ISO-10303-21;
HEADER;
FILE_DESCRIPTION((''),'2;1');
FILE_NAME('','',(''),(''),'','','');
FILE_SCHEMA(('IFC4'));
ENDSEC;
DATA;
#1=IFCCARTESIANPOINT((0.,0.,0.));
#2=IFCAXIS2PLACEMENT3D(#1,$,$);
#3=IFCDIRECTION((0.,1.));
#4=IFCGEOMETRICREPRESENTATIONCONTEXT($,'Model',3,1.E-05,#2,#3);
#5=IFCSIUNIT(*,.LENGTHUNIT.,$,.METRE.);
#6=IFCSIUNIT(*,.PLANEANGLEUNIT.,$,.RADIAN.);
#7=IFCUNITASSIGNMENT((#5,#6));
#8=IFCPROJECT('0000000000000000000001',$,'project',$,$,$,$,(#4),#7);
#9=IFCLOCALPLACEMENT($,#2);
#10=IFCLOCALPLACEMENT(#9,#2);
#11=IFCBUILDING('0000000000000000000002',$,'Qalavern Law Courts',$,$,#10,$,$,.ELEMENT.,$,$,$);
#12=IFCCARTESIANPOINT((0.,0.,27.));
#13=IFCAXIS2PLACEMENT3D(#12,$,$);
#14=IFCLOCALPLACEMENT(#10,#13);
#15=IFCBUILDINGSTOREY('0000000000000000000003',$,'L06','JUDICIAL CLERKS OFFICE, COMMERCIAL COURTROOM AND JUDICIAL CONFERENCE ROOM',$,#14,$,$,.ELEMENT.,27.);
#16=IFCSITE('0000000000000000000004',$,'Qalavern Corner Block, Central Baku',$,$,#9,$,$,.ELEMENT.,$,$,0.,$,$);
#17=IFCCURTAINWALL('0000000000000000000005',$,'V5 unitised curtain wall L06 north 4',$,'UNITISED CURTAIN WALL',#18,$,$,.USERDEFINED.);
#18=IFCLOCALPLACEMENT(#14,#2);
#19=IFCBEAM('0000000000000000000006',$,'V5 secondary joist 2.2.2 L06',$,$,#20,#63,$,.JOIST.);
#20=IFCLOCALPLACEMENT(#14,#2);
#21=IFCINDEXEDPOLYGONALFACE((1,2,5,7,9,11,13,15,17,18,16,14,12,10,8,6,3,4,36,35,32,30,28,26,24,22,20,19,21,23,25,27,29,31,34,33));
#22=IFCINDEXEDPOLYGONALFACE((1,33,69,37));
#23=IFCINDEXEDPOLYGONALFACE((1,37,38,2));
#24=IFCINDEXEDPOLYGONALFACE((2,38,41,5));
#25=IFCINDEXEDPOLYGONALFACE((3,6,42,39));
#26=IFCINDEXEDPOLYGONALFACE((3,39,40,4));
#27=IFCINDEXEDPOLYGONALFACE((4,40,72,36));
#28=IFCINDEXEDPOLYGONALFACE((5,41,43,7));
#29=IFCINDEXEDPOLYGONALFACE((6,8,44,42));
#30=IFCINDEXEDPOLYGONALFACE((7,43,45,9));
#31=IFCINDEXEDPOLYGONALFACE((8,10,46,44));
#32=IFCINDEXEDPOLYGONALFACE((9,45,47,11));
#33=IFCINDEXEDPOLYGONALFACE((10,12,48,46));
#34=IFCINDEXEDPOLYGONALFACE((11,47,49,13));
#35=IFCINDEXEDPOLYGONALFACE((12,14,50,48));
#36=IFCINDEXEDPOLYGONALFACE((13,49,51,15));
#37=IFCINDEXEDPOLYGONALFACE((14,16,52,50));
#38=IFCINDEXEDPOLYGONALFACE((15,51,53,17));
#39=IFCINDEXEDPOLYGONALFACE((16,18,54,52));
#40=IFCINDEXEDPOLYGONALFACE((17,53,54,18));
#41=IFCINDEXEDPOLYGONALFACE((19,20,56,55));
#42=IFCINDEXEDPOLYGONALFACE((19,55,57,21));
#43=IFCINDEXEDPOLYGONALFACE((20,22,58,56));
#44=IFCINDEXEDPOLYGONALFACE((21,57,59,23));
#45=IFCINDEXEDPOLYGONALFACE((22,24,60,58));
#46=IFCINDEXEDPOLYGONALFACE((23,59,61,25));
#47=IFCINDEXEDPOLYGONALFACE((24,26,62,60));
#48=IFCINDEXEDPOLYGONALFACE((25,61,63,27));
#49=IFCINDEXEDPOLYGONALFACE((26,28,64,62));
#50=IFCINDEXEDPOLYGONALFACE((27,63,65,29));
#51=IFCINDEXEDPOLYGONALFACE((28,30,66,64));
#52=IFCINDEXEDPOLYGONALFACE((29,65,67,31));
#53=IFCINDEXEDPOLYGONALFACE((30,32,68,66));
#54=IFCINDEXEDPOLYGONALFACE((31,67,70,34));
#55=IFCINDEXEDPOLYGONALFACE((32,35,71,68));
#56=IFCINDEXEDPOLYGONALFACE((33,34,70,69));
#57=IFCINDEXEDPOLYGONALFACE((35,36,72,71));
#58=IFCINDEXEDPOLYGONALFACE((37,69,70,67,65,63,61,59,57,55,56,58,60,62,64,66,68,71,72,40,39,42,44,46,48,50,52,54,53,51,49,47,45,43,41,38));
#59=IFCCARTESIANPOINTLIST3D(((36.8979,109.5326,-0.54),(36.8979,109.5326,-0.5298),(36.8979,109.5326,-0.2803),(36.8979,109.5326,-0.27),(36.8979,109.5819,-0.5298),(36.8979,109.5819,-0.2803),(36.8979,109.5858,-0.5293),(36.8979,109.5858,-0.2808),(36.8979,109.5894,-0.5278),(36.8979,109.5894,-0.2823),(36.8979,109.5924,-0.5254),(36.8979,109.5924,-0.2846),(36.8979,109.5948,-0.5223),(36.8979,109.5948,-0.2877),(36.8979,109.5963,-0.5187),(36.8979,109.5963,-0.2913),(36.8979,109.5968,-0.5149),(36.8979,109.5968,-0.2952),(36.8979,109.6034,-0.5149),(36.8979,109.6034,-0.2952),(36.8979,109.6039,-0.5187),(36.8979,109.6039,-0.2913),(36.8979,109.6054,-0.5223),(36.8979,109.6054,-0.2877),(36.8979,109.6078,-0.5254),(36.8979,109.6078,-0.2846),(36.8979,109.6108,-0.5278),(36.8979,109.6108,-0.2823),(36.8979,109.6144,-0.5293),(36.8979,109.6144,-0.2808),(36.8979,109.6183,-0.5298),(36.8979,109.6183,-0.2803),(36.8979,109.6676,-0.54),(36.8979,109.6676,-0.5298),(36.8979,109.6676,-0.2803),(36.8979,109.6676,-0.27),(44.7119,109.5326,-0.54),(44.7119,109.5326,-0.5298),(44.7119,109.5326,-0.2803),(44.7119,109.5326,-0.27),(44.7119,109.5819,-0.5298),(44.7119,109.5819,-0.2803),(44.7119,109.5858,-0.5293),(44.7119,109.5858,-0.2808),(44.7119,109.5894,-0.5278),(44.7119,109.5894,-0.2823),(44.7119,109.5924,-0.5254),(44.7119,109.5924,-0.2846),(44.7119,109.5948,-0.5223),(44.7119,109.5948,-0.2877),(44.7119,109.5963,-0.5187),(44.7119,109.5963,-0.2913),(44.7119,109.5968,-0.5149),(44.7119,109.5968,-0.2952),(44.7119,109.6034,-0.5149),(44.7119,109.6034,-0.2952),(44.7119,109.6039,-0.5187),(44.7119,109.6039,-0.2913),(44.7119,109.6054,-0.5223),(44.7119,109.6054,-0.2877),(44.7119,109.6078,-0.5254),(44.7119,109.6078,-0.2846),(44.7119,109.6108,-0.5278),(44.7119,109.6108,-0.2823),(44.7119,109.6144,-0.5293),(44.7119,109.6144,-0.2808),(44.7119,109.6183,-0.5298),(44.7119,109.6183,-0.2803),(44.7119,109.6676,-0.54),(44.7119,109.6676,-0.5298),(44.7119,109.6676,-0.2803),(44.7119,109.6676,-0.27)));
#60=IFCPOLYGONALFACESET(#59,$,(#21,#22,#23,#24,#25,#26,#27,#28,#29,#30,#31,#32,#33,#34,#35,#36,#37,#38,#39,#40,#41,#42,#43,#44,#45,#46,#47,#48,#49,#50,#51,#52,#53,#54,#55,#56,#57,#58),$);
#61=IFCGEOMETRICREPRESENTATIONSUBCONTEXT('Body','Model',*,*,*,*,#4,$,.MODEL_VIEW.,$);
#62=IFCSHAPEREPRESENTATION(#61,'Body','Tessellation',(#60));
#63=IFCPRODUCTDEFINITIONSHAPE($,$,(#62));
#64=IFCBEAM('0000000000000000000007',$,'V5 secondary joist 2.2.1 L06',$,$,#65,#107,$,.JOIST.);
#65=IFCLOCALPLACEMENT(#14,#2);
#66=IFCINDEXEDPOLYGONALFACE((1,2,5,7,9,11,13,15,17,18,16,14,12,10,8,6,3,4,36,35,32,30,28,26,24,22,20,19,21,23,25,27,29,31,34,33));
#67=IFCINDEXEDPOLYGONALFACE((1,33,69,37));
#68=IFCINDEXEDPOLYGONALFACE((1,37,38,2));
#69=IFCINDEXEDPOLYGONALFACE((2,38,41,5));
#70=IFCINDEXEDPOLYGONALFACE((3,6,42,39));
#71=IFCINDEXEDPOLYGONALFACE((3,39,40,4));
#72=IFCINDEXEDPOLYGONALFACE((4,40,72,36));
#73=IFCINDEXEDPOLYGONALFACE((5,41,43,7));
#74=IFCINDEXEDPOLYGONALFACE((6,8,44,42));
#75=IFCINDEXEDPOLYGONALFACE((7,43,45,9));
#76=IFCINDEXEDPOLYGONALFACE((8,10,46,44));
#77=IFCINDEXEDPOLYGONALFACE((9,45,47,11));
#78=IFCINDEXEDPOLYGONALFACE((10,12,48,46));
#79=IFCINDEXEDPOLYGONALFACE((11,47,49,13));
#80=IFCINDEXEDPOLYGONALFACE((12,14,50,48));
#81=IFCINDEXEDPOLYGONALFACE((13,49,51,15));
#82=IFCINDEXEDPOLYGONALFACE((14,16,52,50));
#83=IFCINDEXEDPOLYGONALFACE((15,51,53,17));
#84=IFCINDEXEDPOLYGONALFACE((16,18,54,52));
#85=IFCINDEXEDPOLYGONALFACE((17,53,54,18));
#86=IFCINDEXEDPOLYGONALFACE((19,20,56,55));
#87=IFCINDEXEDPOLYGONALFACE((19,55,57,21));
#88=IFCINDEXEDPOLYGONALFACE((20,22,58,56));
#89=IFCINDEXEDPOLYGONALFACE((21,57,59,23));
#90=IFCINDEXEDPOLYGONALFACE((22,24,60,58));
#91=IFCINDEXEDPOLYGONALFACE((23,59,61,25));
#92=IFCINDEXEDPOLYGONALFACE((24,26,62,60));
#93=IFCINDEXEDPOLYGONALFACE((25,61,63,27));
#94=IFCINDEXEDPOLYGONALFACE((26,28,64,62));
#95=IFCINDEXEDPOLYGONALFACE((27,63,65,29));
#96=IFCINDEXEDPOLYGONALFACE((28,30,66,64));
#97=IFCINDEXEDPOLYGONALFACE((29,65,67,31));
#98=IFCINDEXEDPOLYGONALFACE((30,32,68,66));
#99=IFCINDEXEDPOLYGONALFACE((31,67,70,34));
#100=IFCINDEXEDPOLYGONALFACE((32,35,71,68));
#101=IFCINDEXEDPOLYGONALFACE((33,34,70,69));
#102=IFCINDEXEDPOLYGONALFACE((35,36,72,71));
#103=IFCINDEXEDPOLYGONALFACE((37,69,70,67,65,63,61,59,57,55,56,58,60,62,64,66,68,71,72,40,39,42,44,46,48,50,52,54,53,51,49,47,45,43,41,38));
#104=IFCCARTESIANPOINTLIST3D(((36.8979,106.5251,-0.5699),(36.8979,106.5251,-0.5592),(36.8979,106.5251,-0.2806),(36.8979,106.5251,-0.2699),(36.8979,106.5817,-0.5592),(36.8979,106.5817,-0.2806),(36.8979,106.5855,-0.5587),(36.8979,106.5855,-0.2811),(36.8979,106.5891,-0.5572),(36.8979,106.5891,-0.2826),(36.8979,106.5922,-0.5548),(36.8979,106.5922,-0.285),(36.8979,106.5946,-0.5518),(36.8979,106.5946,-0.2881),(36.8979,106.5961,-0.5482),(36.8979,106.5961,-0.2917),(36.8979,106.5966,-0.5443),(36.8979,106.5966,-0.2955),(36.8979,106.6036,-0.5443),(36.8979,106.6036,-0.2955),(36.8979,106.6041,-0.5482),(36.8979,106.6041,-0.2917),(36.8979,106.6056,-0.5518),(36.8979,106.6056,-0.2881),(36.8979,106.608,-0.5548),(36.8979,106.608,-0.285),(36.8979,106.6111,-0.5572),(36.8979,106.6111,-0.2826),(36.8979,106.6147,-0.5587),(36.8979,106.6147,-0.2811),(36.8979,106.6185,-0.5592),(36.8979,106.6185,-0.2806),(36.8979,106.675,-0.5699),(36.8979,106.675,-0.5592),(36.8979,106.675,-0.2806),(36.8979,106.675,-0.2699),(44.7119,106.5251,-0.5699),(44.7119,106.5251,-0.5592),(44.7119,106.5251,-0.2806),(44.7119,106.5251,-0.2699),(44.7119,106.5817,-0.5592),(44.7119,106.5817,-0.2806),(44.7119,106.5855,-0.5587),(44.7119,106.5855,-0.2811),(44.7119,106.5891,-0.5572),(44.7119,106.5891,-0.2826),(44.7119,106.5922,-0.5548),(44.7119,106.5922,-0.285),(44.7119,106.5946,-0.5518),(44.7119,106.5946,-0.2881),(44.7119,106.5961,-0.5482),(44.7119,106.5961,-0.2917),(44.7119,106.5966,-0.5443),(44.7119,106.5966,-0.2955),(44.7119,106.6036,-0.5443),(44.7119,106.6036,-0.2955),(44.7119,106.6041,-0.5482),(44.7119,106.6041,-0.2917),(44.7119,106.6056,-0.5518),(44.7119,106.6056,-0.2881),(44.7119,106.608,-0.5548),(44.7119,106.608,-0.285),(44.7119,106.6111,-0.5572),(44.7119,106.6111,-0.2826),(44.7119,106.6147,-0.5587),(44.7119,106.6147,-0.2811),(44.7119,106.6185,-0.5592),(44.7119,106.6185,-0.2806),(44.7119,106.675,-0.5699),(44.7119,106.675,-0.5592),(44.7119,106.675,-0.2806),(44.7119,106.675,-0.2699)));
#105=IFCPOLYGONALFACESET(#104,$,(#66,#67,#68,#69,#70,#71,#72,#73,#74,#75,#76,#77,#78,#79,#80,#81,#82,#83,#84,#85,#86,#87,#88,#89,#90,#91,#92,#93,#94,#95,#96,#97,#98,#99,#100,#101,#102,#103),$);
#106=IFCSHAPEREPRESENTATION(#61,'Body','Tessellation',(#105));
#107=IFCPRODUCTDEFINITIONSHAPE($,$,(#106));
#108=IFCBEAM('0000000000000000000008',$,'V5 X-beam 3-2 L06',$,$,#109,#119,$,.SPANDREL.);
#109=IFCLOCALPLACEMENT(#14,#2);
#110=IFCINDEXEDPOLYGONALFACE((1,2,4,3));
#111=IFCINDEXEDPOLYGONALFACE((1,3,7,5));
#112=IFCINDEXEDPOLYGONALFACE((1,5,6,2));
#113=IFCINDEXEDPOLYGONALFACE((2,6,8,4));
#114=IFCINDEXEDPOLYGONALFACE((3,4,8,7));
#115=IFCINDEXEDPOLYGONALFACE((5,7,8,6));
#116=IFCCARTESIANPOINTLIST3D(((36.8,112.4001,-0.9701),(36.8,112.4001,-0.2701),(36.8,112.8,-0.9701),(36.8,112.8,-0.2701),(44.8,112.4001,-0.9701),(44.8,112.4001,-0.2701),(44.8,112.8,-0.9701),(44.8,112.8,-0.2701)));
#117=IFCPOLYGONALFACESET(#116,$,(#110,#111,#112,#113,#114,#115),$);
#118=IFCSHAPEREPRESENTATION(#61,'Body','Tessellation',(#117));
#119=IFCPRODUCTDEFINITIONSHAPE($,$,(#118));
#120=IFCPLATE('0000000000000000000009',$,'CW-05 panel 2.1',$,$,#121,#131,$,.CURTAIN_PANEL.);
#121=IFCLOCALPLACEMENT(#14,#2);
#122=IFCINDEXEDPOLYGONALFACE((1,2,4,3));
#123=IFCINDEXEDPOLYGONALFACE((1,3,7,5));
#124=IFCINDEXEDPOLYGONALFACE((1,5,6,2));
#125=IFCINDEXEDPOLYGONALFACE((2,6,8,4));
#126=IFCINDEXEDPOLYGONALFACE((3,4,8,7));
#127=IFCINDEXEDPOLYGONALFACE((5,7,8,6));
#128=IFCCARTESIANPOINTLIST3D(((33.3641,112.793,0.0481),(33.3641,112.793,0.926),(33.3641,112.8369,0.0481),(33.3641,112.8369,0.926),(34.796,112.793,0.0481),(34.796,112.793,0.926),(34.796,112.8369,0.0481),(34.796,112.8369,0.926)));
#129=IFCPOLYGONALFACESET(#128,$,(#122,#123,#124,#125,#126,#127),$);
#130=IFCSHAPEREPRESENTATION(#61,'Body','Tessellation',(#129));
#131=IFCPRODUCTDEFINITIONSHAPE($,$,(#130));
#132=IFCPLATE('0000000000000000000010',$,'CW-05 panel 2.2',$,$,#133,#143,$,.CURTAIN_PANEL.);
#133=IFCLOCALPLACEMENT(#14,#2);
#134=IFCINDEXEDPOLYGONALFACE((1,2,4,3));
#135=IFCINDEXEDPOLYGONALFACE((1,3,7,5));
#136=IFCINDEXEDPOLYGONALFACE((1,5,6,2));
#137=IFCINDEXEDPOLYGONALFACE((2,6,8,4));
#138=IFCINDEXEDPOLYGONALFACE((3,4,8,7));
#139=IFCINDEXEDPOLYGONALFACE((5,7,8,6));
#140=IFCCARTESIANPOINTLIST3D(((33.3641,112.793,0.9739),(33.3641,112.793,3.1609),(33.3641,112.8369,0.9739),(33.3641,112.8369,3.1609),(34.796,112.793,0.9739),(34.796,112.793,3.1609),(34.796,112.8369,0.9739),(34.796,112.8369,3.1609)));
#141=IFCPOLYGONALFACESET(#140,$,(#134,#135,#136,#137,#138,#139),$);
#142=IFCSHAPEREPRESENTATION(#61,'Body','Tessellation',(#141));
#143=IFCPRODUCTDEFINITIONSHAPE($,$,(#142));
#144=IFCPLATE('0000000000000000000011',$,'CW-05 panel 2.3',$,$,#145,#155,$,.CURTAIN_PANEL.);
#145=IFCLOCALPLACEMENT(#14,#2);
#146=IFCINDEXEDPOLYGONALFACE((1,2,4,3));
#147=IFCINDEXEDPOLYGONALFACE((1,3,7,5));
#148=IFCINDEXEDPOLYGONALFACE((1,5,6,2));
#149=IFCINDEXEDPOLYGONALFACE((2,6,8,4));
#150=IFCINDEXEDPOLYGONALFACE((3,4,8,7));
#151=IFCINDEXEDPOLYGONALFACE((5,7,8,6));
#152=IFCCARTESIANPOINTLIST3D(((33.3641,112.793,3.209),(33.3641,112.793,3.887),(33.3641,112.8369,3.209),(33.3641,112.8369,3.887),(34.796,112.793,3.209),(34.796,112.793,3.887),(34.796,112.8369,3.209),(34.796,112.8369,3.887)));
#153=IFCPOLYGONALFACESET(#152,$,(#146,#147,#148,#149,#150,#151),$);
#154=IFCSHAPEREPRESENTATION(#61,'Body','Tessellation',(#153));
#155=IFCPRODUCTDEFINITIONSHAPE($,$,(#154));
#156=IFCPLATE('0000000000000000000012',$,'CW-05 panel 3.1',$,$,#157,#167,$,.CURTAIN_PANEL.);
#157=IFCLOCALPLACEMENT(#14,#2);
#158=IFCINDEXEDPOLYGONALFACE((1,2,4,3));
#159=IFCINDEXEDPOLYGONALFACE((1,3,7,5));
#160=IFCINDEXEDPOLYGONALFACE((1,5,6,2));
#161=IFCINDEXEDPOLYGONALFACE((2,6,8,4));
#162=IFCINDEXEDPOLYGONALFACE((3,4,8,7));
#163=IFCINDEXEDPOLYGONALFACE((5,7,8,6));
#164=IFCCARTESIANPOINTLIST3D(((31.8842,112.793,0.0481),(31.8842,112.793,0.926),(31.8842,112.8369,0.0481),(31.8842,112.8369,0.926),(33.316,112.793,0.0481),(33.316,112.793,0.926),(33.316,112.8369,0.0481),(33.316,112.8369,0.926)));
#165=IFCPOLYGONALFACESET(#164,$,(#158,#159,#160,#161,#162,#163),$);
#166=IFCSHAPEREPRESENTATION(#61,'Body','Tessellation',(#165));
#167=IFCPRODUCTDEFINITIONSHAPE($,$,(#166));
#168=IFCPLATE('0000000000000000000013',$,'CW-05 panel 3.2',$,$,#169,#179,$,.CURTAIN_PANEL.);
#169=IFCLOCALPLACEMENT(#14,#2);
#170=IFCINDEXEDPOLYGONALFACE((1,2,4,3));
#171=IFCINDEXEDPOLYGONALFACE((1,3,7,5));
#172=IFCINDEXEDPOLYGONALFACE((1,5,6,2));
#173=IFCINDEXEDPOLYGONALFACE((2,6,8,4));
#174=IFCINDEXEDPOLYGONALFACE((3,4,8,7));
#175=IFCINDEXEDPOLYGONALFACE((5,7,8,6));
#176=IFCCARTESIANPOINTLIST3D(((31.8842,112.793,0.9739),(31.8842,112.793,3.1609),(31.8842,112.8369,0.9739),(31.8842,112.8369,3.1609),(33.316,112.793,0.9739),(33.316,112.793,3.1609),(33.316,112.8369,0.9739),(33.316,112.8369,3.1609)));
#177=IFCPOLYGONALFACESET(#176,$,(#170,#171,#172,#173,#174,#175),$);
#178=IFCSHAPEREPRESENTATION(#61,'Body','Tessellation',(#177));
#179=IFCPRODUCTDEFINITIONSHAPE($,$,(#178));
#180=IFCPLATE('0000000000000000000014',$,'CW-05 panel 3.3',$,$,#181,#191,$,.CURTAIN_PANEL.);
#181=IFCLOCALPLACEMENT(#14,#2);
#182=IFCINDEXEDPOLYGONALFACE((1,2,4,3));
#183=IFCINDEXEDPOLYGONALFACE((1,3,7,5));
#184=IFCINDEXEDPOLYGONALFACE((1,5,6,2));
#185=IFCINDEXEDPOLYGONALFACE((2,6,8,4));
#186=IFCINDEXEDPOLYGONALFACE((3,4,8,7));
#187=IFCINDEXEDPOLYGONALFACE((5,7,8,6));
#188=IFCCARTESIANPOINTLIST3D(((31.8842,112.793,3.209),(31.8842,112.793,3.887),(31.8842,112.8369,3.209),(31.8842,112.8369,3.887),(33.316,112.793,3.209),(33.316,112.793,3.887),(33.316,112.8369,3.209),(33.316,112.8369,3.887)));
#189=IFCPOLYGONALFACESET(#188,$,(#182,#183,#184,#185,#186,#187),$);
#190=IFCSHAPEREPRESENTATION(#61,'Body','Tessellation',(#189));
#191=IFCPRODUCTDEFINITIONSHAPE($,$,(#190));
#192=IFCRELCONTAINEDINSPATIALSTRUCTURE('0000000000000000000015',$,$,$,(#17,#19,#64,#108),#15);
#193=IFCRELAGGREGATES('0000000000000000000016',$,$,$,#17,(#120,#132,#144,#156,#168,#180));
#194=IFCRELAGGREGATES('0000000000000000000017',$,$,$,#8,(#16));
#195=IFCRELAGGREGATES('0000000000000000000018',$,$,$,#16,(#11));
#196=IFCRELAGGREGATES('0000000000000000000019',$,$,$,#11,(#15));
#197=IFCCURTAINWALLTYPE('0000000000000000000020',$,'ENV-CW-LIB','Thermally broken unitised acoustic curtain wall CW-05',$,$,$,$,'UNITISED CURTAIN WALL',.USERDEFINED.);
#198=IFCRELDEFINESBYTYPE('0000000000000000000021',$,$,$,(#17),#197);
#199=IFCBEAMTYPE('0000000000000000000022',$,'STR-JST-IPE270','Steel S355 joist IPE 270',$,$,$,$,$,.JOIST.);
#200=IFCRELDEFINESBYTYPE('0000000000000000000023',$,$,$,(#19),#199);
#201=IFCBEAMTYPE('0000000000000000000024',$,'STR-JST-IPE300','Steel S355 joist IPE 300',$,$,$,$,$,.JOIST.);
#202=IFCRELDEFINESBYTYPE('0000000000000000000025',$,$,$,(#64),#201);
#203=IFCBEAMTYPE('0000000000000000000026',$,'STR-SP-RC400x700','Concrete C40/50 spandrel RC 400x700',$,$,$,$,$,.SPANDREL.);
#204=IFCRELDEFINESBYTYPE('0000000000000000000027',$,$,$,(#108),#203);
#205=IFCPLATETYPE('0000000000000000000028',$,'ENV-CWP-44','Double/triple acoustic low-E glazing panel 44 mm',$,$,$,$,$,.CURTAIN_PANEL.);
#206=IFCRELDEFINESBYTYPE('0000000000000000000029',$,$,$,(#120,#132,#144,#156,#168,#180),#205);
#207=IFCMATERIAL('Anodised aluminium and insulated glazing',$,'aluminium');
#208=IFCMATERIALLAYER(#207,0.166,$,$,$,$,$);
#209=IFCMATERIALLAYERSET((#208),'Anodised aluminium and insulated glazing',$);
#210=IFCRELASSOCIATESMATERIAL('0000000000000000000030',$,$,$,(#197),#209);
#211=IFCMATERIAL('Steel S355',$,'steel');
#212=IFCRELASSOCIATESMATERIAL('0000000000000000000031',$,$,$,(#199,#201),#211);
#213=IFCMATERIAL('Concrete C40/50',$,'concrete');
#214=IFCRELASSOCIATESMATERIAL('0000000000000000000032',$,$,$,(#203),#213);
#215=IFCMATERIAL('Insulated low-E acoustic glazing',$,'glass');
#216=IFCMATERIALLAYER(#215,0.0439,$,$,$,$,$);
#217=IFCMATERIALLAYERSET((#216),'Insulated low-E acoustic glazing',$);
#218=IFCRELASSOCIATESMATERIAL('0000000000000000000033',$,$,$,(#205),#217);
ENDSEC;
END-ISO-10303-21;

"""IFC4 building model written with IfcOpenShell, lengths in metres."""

from ifc_helpers import new_model, si_unit, direction, frame, origin, origin_2d, place, context, subcontext, project, spatial, rectangle, i_section, extrude, material, layer, layer_set, material_profile, profile_set, type_object, element, aggregate, save


model = new_model("IFC4")

# Units and contexts
model_context = context("Model", 3, precision=1e-05, world=origin(), true_north=direction((0.0, 1.0)))
body_context = subcontext(model_context, "Body", "Model", "MODEL_VIEW")
ifc_project = project(units=[si_unit("LENGTHUNIT", "METRE"), si_unit("PLANEANGLEUNIT", "RADIAN")], contexts=[model_context])

# Site, building, storey
site_placement = place(None, origin())
site = spatial("IfcSite", under=ifc_project, at=site_placement, Name="Qalavern Corner Block, Central Baku", CompositionType="ELEMENT", RefElevation=0.0)
building_placement = place(site_placement, origin())
building = spatial("IfcBuilding", under=site, at=building_placement, Name="Qalavern Law Courts", CompositionType="ELEMENT")
storey_placement = place(building_placement, frame((0.0, 0.0, 27.0)))
storey = spatial("IfcBuildingStorey", under=building, at=storey_placement, Name="L06", Description="JUDICIAL CLERKS OFFICE, COMMERCIAL COURTROOM AND JUDICIAL CONFERENCE ROOM", CompositionType="ELEMENT", Elevation=27.0)

# Curtain wall
ifc_material_1 = material(Name="Anodised aluminium and insulated glazing", Category="aluminium")
ifc_layer_1 = layer(ifc_material_1, 0.166)
ifc_layer_set_1 = layer_set([ifc_layer_1], Name="Anodised aluminium and insulated glazing")
curtain_wall_type = type_object("IfcCurtainWallType", Name="ENV-CW-LIB", Description="Thermally broken unitised acoustic curtain wall CW-05", ElementType="UNITISED CURTAIN WALL", PredefinedType="USERDEFINED", material=ifc_layer_set_1)
curtain_wall_placement = place(storey_placement, origin())
curtain_wall = element("IfcCurtainWall", 1, at=curtain_wall_placement, inside=storey, type_object=curtain_wall_type, Name="V5 unitised curtain wall L06 north 4", ObjectType="UNITISED CURTAIN WALL", PredefinedType="USERDEFINED")

# Beams
ifc_material_2 = material(Name="Steel S355", Category="steel")
ifc_material_profile_1 = material_profile(ifc_material_2, i_section(OverallWidth=0.135, OverallDepth=0.27, WebThickness=0.0066, FlangeThickness=0.0103, FilletRadius=0.0149, at=origin_2d()), Name="IPE 270")
ifc_profile_set_1 = profile_set([ifc_material_profile_1], Name="Steel S355")
beam_type_1 = type_object("IfcBeamType", Name="STR-JST-IPE270", Description="Steel S355 joist IPE 270", PredefinedType="JOIST", material=ifc_profile_set_1)
beam_1_placement = place(storey_placement, frame((36.8979, 109.6001, -0.405), z_axis=(1.0, 0.0, 0.0), x_axis=(0.0, 1.0, 0.0)))
element("IfcBeam", 2, at=beam_1_placement, inside=storey, type_object=beam_type_1, Name="V5 secondary joist 2.2.2 L06", PredefinedType="JOIST", context=body_context, shape_type="SweptSolid", body=[
    extrude(i_section(OverallWidth=0.135, OverallDepth=0.27, WebThickness=0.0066, FlangeThickness=0.0103, FilletRadius=0.0149, at=origin_2d()), origin(), (0.0, 0.0, 1.0), 7.814),
])
ifc_material_profile_2 = material_profile(ifc_material_2, i_section(OverallWidth=0.1499, OverallDepth=0.3, WebThickness=0.0071, FlangeThickness=0.0107, FilletRadius=0.0149, at=origin_2d()), Name="IPE 300")
ifc_profile_set_2 = profile_set([ifc_material_profile_2], Name="Steel S355")
beam_type_2 = type_object("IfcBeamType", Name="STR-JST-IPE300", Description="Steel S355 joist IPE 300", PredefinedType="JOIST", material=ifc_profile_set_2)
beam_2_placement = place(storey_placement, frame((36.8979, 106.6001, -0.4199), z_axis=(1.0, 0.0, 0.0), x_axis=(0.0, 1.0, 0.0)))
element("IfcBeam", 3, at=beam_2_placement, inside=storey, type_object=beam_type_2, Name="V5 secondary joist 2.2.1 L06", PredefinedType="JOIST", context=body_context, shape_type="SweptSolid", body=[
    extrude(i_section(OverallWidth=0.1499, OverallDepth=0.3, WebThickness=0.0071, FlangeThickness=0.0107, FilletRadius=0.0149, at=origin_2d()), origin(), (0.0, 0.0, 1.0), 7.814),
])
ifc_material_3 = material(Name="Concrete C40/50", Category="concrete")
ifc_material_profile_3 = material_profile(ifc_material_3, rectangle(XDim=0.3999, YDim=0.7, at=origin_2d()), Name="RC 400x700")
ifc_profile_set_3 = profile_set([ifc_material_profile_3], Name="Concrete C40/50")
beam_type_3 = type_object("IfcBeamType", Name="STR-SP-RC400x700", Description="Concrete C40/50 spandrel RC 400x700", PredefinedType="SPANDREL", material=ifc_profile_set_3)
beam_3_placement = place(storey_placement, frame((36.8, 112.6001, -0.6201), z_axis=(1.0, 0.0, 0.0), x_axis=(0.0, 1.0, 0.0)))
element("IfcBeam", 4, at=beam_3_placement, inside=storey, type_object=beam_type_3, Name="V5 X-beam 3-2 L06", PredefinedType="SPANDREL", context=body_context, shape_type="SweptSolid", body=[
    extrude(rectangle(XDim=0.3999, YDim=0.7, at=origin_2d()), origin(), (0.0, 0.0, 1.0), 8.0),
])

# Plates
ifc_material_4 = material(Name="Insulated low-E acoustic glazing", Category="glass")
ifc_layer_2 = layer(ifc_material_4, 0.0439)
ifc_layer_set_2 = layer_set([ifc_layer_2], Name="Insulated low-E acoustic glazing")
plate_type = type_object("IfcPlateType", Name="ENV-CWP-44", Description="Double/triple acoustic low-E glazing panel 44 mm", PredefinedType="CURTAIN_PANEL", material=ifc_layer_set_2)
plate_1_placement = place(storey_placement, frame((34.0801, 112.8149, 0.0481), z_axis=(0.0, 0.0, 1.0), x_axis=(-1.0, 0.0, 0.0)))
plate_1 = element("IfcPlate", 5, at=plate_1_placement, type_object=plate_type, Name="CW-05 panel 2.1", PredefinedType="CURTAIN_PANEL", context=body_context, shape_type="SweptSolid", body=[
    extrude(rectangle(XDim=1.4319, YDim=0.0439, at=origin_2d()), origin(), (0.0, 0.0, 1.0), 0.8779),
])
plate_2_placement = place(storey_placement, frame((34.0801, 112.8149, 0.9739), z_axis=(0.0, 0.0, 1.0), x_axis=(-1.0, 0.0, 0.0)))
plate_2 = element("IfcPlate", 6, at=plate_2_placement, type_object=plate_type, Name="CW-05 panel 2.2", PredefinedType="CURTAIN_PANEL", context=body_context, shape_type="SweptSolid", body=[
    extrude(rectangle(XDim=1.4319, YDim=0.0439, at=origin_2d()), origin(), (0.0, 0.0, 1.0), 2.187),
])
plate_3_placement = place(storey_placement, frame((34.0801, 112.8149, 3.209), z_axis=(0.0, 0.0, 1.0), x_axis=(-1.0, 0.0, 0.0)))
plate_3 = element("IfcPlate", 7, at=plate_3_placement, type_object=plate_type, Name="CW-05 panel 2.3", PredefinedType="CURTAIN_PANEL", context=body_context, shape_type="SweptSolid", body=[
    extrude(rectangle(XDim=1.4319, YDim=0.0439, at=origin_2d()), origin(), (0.0, 0.0, 1.0), 0.678),
])
plate_4_placement = place(storey_placement, frame((32.6001, 112.8149, 0.0481), z_axis=(0.0, 0.0, 1.0), x_axis=(-1.0, 0.0, 0.0)))
plate_4 = element("IfcPlate", 8, at=plate_4_placement, type_object=plate_type, Name="CW-05 panel 3.1", PredefinedType="CURTAIN_PANEL", context=body_context, shape_type="SweptSolid", body=[
    extrude(rectangle(XDim=1.4319, YDim=0.0439, at=origin_2d()), origin(), (0.0, 0.0, 1.0), 0.8779),
])
plate_5_placement = place(storey_placement, frame((32.6001, 112.8149, 0.9739), z_axis=(0.0, 0.0, 1.0), x_axis=(-1.0, 0.0, 0.0)))
plate_5 = element("IfcPlate", 9, at=plate_5_placement, type_object=plate_type, Name="CW-05 panel 3.2", PredefinedType="CURTAIN_PANEL", context=body_context, shape_type="SweptSolid", body=[
    extrude(rectangle(XDim=1.4319, YDim=0.0439, at=origin_2d()), origin(), (0.0, 0.0, 1.0), 2.187),
])
plate_6_placement = place(storey_placement, frame((32.6001, 112.8149, 3.209), z_axis=(0.0, 0.0, 1.0), x_axis=(-1.0, 0.0, 0.0)))
plate_6 = element("IfcPlate", 10, at=plate_6_placement, type_object=plate_type, Name="CW-05 panel 3.3", PredefinedType="CURTAIN_PANEL", context=body_context, shape_type="SweptSolid", body=[
    extrude(rectangle(XDim=1.4319, YDim=0.0439, at=origin_2d()), origin(), (0.0, 0.0, 1.0), 0.678),
])
aggregate(curtain_wall, [plate_1, plate_2, plate_3, plate_4, plate_5, plate_6])

save(model, "model.ifc")
